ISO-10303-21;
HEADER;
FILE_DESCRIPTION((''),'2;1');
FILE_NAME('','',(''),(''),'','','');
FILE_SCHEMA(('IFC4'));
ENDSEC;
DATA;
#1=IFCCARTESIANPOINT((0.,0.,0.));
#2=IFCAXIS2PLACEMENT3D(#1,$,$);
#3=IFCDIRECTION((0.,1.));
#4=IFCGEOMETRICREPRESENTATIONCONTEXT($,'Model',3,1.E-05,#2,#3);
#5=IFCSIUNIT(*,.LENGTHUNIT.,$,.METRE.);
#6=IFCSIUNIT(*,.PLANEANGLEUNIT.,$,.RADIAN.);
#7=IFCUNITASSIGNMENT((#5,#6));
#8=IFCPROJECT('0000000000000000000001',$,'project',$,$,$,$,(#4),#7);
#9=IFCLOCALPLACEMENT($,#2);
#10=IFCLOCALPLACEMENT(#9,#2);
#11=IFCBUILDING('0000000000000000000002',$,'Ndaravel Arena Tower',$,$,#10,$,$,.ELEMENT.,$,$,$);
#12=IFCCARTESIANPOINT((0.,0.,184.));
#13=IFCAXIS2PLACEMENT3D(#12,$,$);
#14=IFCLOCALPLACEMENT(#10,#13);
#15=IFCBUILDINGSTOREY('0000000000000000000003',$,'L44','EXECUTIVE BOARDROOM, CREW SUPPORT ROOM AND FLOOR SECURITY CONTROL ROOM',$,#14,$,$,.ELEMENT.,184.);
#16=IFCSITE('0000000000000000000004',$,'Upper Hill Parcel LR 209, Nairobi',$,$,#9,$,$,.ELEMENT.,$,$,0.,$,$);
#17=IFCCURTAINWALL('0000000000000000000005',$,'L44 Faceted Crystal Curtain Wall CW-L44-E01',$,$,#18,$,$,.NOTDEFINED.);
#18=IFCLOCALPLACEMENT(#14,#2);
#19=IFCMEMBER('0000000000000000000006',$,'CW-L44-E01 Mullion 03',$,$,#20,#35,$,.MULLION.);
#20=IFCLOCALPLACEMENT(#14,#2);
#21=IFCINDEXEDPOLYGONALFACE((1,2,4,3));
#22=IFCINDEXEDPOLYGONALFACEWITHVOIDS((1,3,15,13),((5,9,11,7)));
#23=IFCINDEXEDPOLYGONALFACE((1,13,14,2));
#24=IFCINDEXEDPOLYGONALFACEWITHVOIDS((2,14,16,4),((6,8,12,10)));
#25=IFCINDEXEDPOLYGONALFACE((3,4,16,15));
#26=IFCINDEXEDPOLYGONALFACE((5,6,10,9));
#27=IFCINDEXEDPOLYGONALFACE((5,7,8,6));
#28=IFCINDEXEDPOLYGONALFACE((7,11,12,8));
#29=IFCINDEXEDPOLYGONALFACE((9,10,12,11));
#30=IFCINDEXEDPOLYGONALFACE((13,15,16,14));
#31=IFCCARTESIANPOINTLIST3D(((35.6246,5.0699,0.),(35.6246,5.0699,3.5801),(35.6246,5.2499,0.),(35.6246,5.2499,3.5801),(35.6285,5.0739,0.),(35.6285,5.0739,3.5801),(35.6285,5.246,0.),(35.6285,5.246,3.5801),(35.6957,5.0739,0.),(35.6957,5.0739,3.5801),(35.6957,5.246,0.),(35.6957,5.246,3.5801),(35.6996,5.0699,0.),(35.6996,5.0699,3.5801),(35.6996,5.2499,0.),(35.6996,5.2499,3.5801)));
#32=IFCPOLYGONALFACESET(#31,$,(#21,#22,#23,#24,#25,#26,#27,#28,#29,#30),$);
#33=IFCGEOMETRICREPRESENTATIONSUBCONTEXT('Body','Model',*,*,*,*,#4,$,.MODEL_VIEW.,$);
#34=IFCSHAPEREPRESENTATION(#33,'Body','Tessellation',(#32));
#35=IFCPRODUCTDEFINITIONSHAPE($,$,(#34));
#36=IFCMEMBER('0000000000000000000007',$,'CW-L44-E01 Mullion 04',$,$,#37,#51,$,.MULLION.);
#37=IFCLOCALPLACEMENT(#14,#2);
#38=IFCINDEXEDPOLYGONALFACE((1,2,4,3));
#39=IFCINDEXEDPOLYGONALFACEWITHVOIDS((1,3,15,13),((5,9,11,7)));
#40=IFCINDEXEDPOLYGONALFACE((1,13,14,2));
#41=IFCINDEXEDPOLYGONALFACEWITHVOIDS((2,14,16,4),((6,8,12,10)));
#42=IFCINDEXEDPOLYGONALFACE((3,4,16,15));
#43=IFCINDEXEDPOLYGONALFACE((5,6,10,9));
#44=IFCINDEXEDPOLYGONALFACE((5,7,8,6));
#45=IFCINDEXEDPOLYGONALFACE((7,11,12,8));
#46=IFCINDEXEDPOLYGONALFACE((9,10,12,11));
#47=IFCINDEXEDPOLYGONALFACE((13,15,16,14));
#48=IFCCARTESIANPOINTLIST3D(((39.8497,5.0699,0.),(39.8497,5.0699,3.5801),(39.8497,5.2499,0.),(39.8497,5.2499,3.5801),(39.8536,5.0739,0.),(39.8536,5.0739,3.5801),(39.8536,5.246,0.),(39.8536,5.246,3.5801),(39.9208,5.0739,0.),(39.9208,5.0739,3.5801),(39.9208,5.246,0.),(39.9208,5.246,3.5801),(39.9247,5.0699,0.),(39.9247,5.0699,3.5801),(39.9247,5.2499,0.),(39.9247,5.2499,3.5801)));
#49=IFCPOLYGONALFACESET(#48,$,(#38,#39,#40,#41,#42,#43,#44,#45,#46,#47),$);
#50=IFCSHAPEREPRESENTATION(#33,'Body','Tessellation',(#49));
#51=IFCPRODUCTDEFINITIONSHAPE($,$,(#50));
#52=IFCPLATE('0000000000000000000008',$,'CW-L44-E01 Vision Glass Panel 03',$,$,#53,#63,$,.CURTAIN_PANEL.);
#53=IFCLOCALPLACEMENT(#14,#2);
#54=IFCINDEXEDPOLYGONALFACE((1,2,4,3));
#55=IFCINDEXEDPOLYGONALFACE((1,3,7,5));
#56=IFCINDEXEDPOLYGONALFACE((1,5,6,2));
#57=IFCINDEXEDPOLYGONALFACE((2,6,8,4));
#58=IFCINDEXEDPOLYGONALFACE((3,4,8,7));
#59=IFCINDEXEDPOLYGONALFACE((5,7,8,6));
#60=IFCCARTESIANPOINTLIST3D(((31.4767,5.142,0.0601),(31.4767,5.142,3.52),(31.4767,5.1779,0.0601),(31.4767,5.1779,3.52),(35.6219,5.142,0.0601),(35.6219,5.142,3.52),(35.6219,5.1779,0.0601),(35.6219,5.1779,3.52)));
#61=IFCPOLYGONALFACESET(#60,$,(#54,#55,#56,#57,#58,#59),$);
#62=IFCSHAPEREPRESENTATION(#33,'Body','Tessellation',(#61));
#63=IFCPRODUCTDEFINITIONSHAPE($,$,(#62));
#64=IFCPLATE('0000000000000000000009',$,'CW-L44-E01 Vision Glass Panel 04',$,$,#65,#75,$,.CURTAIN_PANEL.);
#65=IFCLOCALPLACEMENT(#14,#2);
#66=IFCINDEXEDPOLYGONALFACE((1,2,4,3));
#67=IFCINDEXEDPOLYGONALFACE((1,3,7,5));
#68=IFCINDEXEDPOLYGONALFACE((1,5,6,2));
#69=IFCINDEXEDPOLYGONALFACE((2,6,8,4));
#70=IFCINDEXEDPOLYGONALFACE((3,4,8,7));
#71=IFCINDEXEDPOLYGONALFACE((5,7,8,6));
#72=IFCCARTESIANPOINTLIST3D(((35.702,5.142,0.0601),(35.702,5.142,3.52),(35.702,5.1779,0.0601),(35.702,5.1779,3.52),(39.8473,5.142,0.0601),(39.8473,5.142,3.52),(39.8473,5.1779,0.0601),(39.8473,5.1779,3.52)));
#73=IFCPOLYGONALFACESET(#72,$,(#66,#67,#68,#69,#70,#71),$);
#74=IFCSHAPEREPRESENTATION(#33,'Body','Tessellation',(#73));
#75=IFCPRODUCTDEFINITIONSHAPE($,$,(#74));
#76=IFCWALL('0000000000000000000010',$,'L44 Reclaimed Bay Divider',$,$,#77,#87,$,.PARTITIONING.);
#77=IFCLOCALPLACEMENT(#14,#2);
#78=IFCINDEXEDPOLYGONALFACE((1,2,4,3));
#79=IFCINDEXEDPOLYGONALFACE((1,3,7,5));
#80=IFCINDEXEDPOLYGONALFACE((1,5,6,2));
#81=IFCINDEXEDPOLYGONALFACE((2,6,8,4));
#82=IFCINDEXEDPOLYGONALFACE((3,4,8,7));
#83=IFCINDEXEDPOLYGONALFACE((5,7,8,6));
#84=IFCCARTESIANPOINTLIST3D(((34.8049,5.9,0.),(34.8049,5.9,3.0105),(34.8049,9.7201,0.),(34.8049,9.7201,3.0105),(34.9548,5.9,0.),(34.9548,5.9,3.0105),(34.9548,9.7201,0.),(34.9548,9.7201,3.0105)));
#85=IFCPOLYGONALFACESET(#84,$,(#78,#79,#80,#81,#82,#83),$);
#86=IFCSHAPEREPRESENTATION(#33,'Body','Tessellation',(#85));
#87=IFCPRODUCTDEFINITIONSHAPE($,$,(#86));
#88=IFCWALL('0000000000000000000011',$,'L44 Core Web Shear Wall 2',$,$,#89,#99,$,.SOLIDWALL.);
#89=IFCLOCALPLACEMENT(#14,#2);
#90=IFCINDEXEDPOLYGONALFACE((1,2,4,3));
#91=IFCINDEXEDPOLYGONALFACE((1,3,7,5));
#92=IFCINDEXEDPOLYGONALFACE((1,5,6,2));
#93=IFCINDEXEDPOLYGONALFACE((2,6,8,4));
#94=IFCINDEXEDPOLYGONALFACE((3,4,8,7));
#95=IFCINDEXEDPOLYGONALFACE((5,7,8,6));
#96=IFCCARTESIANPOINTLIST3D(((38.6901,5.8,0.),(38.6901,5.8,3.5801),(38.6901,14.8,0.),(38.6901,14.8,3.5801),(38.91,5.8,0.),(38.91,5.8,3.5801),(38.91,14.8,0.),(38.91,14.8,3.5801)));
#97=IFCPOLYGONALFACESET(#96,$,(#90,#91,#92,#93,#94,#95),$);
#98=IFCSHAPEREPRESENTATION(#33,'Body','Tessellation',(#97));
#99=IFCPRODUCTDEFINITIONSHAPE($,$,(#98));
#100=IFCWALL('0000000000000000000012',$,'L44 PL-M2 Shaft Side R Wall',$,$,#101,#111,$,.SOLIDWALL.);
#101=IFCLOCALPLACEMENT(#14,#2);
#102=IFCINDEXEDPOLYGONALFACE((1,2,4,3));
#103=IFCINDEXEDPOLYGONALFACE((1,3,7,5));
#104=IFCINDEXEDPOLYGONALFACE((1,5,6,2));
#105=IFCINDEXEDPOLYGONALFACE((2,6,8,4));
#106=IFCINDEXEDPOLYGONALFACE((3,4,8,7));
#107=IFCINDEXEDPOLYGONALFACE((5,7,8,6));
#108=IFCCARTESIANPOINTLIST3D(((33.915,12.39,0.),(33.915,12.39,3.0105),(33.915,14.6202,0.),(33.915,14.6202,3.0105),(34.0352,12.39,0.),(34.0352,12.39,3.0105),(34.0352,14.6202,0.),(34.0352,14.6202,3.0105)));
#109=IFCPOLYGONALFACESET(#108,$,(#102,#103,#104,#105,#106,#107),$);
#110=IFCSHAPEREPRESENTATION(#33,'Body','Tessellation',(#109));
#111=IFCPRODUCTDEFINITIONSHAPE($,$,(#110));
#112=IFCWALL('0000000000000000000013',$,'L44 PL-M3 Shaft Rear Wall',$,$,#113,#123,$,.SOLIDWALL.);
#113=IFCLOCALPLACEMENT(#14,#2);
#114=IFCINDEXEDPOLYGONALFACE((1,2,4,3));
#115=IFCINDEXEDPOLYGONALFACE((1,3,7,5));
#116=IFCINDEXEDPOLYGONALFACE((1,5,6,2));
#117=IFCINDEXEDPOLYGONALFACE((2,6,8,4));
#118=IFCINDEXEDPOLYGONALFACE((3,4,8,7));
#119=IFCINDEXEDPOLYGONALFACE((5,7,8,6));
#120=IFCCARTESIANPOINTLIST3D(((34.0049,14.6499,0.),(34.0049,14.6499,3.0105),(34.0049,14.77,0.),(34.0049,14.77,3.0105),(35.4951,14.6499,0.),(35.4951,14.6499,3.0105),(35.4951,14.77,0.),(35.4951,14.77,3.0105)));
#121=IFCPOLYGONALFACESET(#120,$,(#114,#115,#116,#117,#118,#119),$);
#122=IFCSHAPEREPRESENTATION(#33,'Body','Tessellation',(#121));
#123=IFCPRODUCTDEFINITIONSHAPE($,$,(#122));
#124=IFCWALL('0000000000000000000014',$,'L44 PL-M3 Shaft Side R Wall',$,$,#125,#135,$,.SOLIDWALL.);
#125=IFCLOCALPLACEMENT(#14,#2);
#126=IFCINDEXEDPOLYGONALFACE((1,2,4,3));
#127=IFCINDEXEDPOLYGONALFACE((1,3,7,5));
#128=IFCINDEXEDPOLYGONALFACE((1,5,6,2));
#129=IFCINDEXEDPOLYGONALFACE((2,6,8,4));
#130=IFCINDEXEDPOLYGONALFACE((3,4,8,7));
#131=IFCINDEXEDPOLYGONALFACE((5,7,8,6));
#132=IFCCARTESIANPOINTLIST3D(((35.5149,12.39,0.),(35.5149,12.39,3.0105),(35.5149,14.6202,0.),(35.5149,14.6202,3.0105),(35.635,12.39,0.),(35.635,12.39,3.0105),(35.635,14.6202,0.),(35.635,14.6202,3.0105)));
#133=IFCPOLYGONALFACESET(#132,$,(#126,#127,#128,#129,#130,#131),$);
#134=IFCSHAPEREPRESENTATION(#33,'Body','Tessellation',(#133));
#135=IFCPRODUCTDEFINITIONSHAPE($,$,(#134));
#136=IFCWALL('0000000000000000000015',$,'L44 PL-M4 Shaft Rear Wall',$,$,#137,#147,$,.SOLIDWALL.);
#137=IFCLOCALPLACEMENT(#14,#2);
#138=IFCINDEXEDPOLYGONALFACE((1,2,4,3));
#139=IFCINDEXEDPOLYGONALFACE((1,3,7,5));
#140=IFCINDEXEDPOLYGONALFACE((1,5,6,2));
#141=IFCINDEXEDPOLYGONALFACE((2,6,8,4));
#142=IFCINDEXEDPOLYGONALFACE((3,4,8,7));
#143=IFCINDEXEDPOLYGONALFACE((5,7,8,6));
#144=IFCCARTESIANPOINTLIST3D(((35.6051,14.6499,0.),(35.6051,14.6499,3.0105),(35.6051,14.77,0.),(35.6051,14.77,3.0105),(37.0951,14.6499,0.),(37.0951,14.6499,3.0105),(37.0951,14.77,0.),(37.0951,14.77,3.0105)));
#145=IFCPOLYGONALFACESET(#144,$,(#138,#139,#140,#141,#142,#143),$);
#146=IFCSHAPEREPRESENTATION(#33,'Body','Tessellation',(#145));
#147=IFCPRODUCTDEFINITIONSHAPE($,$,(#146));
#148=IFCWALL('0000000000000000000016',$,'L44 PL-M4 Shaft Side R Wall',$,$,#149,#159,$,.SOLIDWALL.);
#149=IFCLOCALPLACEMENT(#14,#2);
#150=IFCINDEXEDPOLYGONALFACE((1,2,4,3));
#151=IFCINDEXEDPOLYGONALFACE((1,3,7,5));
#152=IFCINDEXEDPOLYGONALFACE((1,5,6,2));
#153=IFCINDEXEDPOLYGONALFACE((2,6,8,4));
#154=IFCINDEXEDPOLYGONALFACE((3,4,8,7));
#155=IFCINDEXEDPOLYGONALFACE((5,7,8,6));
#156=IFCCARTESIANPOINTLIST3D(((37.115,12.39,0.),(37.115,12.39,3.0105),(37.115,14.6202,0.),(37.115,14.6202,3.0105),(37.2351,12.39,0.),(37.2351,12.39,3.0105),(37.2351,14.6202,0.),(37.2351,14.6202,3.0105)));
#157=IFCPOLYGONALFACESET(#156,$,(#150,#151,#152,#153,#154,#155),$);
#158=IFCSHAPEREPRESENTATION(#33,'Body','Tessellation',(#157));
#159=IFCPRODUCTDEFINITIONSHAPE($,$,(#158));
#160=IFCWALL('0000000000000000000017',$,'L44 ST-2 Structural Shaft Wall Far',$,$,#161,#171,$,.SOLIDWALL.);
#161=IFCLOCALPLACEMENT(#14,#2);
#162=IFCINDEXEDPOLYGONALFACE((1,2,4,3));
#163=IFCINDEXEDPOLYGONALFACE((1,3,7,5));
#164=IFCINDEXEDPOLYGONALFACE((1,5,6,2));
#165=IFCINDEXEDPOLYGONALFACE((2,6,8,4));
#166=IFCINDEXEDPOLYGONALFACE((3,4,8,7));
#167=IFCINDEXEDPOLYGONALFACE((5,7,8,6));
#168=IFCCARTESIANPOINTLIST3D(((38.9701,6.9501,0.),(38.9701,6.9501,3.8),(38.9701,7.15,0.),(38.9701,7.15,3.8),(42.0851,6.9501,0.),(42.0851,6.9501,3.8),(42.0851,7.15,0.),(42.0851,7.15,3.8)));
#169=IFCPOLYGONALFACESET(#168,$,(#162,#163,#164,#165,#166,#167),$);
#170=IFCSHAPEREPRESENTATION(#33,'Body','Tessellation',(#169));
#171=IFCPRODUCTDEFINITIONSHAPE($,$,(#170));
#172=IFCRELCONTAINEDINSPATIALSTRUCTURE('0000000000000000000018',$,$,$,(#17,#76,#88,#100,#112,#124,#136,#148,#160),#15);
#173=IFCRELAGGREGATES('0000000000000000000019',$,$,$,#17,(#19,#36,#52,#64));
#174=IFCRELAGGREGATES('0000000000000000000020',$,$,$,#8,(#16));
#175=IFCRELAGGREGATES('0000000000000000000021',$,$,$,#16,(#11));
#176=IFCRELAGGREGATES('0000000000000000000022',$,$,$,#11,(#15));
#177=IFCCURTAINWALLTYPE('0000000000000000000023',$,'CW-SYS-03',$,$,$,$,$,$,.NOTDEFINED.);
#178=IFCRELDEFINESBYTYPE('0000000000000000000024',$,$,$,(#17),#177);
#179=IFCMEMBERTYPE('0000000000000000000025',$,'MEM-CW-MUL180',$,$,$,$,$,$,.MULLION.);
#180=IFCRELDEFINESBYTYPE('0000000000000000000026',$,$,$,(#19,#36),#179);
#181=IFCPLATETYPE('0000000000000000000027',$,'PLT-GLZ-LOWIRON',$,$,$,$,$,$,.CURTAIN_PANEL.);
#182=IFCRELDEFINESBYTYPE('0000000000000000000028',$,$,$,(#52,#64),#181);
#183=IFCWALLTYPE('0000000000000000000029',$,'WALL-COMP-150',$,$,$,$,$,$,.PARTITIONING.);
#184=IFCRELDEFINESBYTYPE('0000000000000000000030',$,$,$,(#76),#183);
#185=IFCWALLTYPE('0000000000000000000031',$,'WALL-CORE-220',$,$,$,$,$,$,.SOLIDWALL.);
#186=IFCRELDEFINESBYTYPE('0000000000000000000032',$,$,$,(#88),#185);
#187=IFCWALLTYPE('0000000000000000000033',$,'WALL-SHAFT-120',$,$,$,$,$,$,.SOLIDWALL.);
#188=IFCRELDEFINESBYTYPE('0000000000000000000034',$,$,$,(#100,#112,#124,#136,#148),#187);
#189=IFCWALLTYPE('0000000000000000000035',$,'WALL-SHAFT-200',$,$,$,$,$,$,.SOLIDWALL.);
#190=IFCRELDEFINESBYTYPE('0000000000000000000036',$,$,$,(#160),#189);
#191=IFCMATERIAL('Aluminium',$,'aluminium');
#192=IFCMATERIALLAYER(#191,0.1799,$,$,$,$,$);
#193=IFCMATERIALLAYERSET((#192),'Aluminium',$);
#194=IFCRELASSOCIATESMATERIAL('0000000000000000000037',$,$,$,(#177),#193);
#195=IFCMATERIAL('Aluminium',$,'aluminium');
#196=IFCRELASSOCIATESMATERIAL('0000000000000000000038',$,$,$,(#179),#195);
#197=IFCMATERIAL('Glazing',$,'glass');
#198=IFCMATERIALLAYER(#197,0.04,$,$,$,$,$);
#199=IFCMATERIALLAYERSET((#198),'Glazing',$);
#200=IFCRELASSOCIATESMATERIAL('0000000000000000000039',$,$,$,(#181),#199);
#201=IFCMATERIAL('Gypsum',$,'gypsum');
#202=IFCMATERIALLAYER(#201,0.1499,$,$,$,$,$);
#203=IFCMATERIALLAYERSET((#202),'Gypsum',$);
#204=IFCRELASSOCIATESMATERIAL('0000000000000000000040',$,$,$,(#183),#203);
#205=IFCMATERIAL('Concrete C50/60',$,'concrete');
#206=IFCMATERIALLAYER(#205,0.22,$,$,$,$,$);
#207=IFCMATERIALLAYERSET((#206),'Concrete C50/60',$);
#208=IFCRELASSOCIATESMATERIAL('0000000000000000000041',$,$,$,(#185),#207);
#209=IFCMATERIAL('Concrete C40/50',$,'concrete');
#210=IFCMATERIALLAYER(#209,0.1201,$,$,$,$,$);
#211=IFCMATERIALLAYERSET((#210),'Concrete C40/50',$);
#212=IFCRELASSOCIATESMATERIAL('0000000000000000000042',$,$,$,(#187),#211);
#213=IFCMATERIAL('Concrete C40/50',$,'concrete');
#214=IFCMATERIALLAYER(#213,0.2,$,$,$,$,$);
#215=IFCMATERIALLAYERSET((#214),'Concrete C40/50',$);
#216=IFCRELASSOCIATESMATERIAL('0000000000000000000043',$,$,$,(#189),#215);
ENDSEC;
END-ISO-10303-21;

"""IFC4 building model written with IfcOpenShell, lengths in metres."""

from ifc_helpers import new_model, si_unit, direction, frame, frame_2d, origin, origin_2d, place, context, subcontext, project, spatial, rectangle, hollow_rectangle, extrude, material, layer, layer_set, material_profile, profile_set, type_object, element, aggregate, save


model = new_model("IFC4")

# Units and contexts
model_context = context("Model", 3, precision=1e-05, world=origin(), true_north=direction((0.0, 1.0)))
body_context = subcontext(model_context, "Body", "Model", "MODEL_VIEW")
ifc_project = project(units=[si_unit("LENGTHUNIT", "METRE"), si_unit("PLANEANGLEUNIT", "RADIAN")], contexts=[model_context])

# Site, building, storey
site_placement = place(None, origin())
site = spatial("IfcSite", under=ifc_project, at=site_placement, Name="Upper Hill Parcel LR 209, Nairobi", CompositionType="ELEMENT", RefElevation=0.0)
building_placement = place(site_placement, origin())
building = spatial("IfcBuilding", under=site, at=building_placement, Name="Ndaravel Arena Tower", CompositionType="ELEMENT")
storey_placement = place(building_placement, frame((0.0, 0.0, 184.0)))
storey = spatial("IfcBuildingStorey", under=building, at=storey_placement, Name="L44", Description="EXECUTIVE BOARDROOM, CREW SUPPORT ROOM AND FLOOR SECURITY CONTROL ROOM", CompositionType="ELEMENT", Elevation=184.0)

# Curtain wall, members, plates
ifc_material_1 = material(Name="Aluminium", Category="aluminium")
ifc_layer_1 = layer(ifc_material_1, 0.1799)
ifc_layer_set_1 = layer_set([ifc_layer_1], Name="Aluminium")
curtain_wall_type = type_object("IfcCurtainWallType", Name="CW-SYS-03", PredefinedType="NOTDEFINED", material=ifc_layer_set_1)
curtain_wall_placement = place(storey_placement, origin())
curtain_wall = element("IfcCurtainWall", 1, at=curtain_wall_placement, inside=storey, type_object=curtain_wall_type, Name="L44 Faceted Crystal Curtain Wall CW-L44-E01", PredefinedType="NOTDEFINED")
ifc_material_2 = material(Name="Aluminium", Category="aluminium")
ifc_material_profile = material_profile(ifc_material_2, hollow_rectangle(XDim=0.075, YDim=0.1799, WallThickness=0.0039, at=origin_2d()), Name="CW MULLION 75x180x4")
ifc_profile_set = profile_set([ifc_material_profile], Name="Aluminium")
member_type = type_object("IfcMemberType", Name="MEM-CW-MUL180", PredefinedType="MULLION", material=ifc_profile_set)
member_1_placement = place(storey_placement, frame((35.6621, 5.1599, 0.0), z_axis=(0.0, 0.0, 1.0), x_axis=(1.0, 0.0, 0.0)))
member_1 = element("IfcMember", 2, at=member_1_placement, type_object=member_type, Name="CW-L44-E01 Mullion 03", PredefinedType="MULLION", context=body_context, shape_type="SweptSolid", body=[
    extrude(hollow_rectangle(XDim=0.075, YDim=0.1799, WallThickness=0.0039, at=origin_2d()), origin(), (0.0, 0.0, 1.0), 3.5801),
])
member_2_placement = place(storey_placement, frame((39.8872, 5.1599, 0.0), z_axis=(0.0, 0.0, 1.0), x_axis=(1.0, 0.0, 0.0)))
member_2 = element("IfcMember", 3, at=member_2_placement, type_object=member_type, Name="CW-L44-E01 Mullion 04", PredefinedType="MULLION", context=body_context, shape_type="SweptSolid", body=[
    extrude(hollow_rectangle(XDim=0.075, YDim=0.1799, WallThickness=0.0039, at=origin_2d()), origin(), (0.0, 0.0, 1.0), 3.5801),
])
ifc_material_3 = material(Name="Glazing", Category="glass")
ifc_layer_2 = layer(ifc_material_3, 0.04)
ifc_layer_set_2 = layer_set([ifc_layer_2], Name="Glazing")
plate_type = type_object("IfcPlateType", Name="PLT-GLZ-LOWIRON", PredefinedType="CURTAIN_PANEL", material=ifc_layer_set_2)
plate_1_placement = place(storey_placement, frame((33.5493, 5.1599, 0.0601), z_axis=(0.0, 0.0, 1.0), x_axis=(1.0, 0.0, 0.0)))
plate_1 = element("IfcPlate", 4, at=plate_1_placement, type_object=plate_type, Name="CW-L44-E01 Vision Glass Panel 03", PredefinedType="CURTAIN_PANEL", context=body_context, shape_type="SweptSolid", body=[
    extrude(rectangle(XDim=4.1453, YDim=0.0359, at=origin_2d()), origin(), (0.0, 0.0, 1.0), 3.46),
])
plate_2_placement = place(storey_placement, frame((37.7747, 5.1599, 0.0601), z_axis=(0.0, 0.0, 1.0), x_axis=(1.0, 0.0, 0.0)))
plate_2 = element("IfcPlate", 5, at=plate_2_placement, type_object=plate_type, Name="CW-L44-E01 Vision Glass Panel 04", PredefinedType="CURTAIN_PANEL", context=body_context, shape_type="SweptSolid", body=[
    extrude(rectangle(XDim=4.1453, YDim=0.0359, at=origin_2d()), origin(), (0.0, 0.0, 1.0), 3.46),
])
aggregate(curtain_wall, [member_1, member_2, plate_1, plate_2])

# Walls
ifc_material_4 = material(Name="Gypsum", Category="gypsum")
ifc_layer_3 = layer(ifc_material_4, 0.1499)
ifc_layer_set_3 = layer_set([ifc_layer_3], Name="Gypsum")
wall_type_1 = type_object("IfcWallType", Name="WALL-COMP-150", PredefinedType="PARTITIONING", material=ifc_layer_set_3)
wall_1_placement = place(storey_placement, frame((34.8799, 5.8999, 0.0), z_axis=(0.0, 0.0, 1.0), x_axis=(0.0, 1.0, 0.0)))
element("IfcWall", 6, at=wall_1_placement, inside=storey, type_object=wall_type_1, Name="L44 Reclaimed Bay Divider", PredefinedType="PARTITIONING", context=body_context, shape_type="SweptSolid", body=[
    extrude(rectangle(XDim=3.8201, YDim=0.1499, at=frame_2d((1.9102, 0.0))), origin(), (0.0, 0.0, 1.0), 3.0105),
])
ifc_material_5 = material(Name="Concrete C50/60", Category="concrete")
ifc_layer_4 = layer(ifc_material_5, 0.22)
ifc_layer_set_4 = layer_set([ifc_layer_4], Name="Concrete C50/60")
wall_type_2 = type_object("IfcWallType", Name="WALL-CORE-220", PredefinedType="SOLIDWALL", material=ifc_layer_set_4)
wall_2_placement = place(storey_placement, frame((38.8, 5.8, 0.0), z_axis=(0.0, 0.0, 1.0), x_axis=(0.0, 1.0, 0.0)))
element("IfcWall", 7, at=wall_2_placement, inside=storey, type_object=wall_type_2, Name="L44 Core Web Shear Wall 2", PredefinedType="SOLIDWALL", context=body_context, shape_type="SweptSolid", body=[
    extrude(rectangle(XDim=9.0, YDim=0.22, at=frame_2d((4.5, 0.0))), origin(), (0.0, 0.0, 1.0), 3.5801),
])
ifc_material_6 = material(Name="Concrete C40/50", Category="concrete")
ifc_layer_5 = layer(ifc_material_6, 0.1201)
ifc_layer_set_5 = layer_set([ifc_layer_5], Name="Concrete C40/50")
wall_type_3 = type_object("IfcWallType", Name="WALL-SHAFT-120", PredefinedType="SOLIDWALL", material=ifc_layer_set_5)
wall_3_placement = place(storey_placement, frame((33.9751, 12.3899, 0.0), z_axis=(0.0, 0.0, 1.0), x_axis=(0.0, 1.0, 0.0)))
element("IfcWall", 8, at=wall_3_placement, inside=storey, type_object=wall_type_3, Name="L44 PL-M2 Shaft Side R Wall", PredefinedType="SOLIDWALL", context=body_context, shape_type="SweptSolid", body=[
    extrude(rectangle(XDim=2.2302, YDim=0.1201, at=frame_2d((1.1152, 0.0))), origin(), (0.0, 0.0, 1.0), 3.0105),
])
wall_4_placement = place(storey_placement, frame((34.0049, 14.71, 0.0), z_axis=(0.0, 0.0, 1.0), x_axis=(1.0, 0.0, 0.0)))
element("IfcWall", 9, at=wall_4_placement, inside=storey, type_object=wall_type_3, Name="L44 PL-M3 Shaft Rear Wall", PredefinedType="SOLIDWALL", context=body_context, shape_type="SweptSolid", body=[
    extrude(rectangle(XDim=1.4902, YDim=0.1201, at=frame_2d((0.7451, 0.0))), origin(), (0.0, 0.0, 1.0), 3.0105),
])
wall_5_placement = place(storey_placement, frame((35.575, 12.3899, 0.0), z_axis=(0.0, 0.0, 1.0), x_axis=(0.0, 1.0, 0.0)))
element("IfcWall", 10, at=wall_5_placement, inside=storey, type_object=wall_type_3, Name="L44 PL-M3 Shaft Side R Wall", PredefinedType="SOLIDWALL", context=body_context, shape_type="SweptSolid", body=[
    extrude(rectangle(XDim=2.2302, YDim=0.1201, at=frame_2d((1.1152, 0.0))), origin(), (0.0, 0.0, 1.0), 3.0105),
])
wall_6_placement = place(storey_placement, frame((35.605, 14.71, 0.0), z_axis=(0.0, 0.0, 1.0), x_axis=(1.0, 0.0, 0.0)))
element("IfcWall", 11, at=wall_6_placement, inside=storey, type_object=wall_type_3, Name="L44 PL-M4 Shaft Rear Wall", PredefinedType="SOLIDWALL", context=body_context, shape_type="SweptSolid", body=[
    extrude(rectangle(XDim=1.49, YDim=0.1201, at=frame_2d((0.7451, 0.0))), origin(), (0.0, 0.0, 1.0), 3.0105),
])
wall_7_placement = place(storey_placement, frame((37.175, 12.3899, 0.0), z_axis=(0.0, 0.0, 1.0), x_axis=(0.0, 1.0, 0.0)))
element("IfcWall", 12, at=wall_7_placement, inside=storey, type_object=wall_type_3, Name="L44 PL-M4 Shaft Side R Wall", PredefinedType="SOLIDWALL", context=body_context, shape_type="SweptSolid", body=[
    extrude(rectangle(XDim=2.2302, YDim=0.1201, at=frame_2d((1.1152, 0.0))), origin(), (0.0, 0.0, 1.0), 3.0105),
])
ifc_material_7 = material(Name="Concrete C40/50", Category="concrete")
ifc_layer_6 = layer(ifc_material_7, 0.2)
ifc_layer_set_6 = layer_set([ifc_layer_6], Name="Concrete C40/50")
wall_type_4 = type_object("IfcWallType", Name="WALL-SHAFT-200", PredefinedType="SOLIDWALL", material=ifc_layer_set_6)
wall_8_placement = place(storey_placement, frame((38.97, 7.05, 0.0), z_axis=(0.0, 0.0, 1.0), x_axis=(1.0, 0.0, 0.0)))
element("IfcWall", 13, at=wall_8_placement, inside=storey, type_object=wall_type_4, Name="L44 ST-2 Structural Shaft Wall Far", PredefinedType="SOLIDWALL", context=body_context, shape_type="SweptSolid", body=[
    extrude(rectangle(XDim=3.115, YDim=0.2, at=frame_2d((1.5576, 0.0))), origin(), (0.0, 0.0, 1.0), 3.8),
])

save(model, "model.ifc")
